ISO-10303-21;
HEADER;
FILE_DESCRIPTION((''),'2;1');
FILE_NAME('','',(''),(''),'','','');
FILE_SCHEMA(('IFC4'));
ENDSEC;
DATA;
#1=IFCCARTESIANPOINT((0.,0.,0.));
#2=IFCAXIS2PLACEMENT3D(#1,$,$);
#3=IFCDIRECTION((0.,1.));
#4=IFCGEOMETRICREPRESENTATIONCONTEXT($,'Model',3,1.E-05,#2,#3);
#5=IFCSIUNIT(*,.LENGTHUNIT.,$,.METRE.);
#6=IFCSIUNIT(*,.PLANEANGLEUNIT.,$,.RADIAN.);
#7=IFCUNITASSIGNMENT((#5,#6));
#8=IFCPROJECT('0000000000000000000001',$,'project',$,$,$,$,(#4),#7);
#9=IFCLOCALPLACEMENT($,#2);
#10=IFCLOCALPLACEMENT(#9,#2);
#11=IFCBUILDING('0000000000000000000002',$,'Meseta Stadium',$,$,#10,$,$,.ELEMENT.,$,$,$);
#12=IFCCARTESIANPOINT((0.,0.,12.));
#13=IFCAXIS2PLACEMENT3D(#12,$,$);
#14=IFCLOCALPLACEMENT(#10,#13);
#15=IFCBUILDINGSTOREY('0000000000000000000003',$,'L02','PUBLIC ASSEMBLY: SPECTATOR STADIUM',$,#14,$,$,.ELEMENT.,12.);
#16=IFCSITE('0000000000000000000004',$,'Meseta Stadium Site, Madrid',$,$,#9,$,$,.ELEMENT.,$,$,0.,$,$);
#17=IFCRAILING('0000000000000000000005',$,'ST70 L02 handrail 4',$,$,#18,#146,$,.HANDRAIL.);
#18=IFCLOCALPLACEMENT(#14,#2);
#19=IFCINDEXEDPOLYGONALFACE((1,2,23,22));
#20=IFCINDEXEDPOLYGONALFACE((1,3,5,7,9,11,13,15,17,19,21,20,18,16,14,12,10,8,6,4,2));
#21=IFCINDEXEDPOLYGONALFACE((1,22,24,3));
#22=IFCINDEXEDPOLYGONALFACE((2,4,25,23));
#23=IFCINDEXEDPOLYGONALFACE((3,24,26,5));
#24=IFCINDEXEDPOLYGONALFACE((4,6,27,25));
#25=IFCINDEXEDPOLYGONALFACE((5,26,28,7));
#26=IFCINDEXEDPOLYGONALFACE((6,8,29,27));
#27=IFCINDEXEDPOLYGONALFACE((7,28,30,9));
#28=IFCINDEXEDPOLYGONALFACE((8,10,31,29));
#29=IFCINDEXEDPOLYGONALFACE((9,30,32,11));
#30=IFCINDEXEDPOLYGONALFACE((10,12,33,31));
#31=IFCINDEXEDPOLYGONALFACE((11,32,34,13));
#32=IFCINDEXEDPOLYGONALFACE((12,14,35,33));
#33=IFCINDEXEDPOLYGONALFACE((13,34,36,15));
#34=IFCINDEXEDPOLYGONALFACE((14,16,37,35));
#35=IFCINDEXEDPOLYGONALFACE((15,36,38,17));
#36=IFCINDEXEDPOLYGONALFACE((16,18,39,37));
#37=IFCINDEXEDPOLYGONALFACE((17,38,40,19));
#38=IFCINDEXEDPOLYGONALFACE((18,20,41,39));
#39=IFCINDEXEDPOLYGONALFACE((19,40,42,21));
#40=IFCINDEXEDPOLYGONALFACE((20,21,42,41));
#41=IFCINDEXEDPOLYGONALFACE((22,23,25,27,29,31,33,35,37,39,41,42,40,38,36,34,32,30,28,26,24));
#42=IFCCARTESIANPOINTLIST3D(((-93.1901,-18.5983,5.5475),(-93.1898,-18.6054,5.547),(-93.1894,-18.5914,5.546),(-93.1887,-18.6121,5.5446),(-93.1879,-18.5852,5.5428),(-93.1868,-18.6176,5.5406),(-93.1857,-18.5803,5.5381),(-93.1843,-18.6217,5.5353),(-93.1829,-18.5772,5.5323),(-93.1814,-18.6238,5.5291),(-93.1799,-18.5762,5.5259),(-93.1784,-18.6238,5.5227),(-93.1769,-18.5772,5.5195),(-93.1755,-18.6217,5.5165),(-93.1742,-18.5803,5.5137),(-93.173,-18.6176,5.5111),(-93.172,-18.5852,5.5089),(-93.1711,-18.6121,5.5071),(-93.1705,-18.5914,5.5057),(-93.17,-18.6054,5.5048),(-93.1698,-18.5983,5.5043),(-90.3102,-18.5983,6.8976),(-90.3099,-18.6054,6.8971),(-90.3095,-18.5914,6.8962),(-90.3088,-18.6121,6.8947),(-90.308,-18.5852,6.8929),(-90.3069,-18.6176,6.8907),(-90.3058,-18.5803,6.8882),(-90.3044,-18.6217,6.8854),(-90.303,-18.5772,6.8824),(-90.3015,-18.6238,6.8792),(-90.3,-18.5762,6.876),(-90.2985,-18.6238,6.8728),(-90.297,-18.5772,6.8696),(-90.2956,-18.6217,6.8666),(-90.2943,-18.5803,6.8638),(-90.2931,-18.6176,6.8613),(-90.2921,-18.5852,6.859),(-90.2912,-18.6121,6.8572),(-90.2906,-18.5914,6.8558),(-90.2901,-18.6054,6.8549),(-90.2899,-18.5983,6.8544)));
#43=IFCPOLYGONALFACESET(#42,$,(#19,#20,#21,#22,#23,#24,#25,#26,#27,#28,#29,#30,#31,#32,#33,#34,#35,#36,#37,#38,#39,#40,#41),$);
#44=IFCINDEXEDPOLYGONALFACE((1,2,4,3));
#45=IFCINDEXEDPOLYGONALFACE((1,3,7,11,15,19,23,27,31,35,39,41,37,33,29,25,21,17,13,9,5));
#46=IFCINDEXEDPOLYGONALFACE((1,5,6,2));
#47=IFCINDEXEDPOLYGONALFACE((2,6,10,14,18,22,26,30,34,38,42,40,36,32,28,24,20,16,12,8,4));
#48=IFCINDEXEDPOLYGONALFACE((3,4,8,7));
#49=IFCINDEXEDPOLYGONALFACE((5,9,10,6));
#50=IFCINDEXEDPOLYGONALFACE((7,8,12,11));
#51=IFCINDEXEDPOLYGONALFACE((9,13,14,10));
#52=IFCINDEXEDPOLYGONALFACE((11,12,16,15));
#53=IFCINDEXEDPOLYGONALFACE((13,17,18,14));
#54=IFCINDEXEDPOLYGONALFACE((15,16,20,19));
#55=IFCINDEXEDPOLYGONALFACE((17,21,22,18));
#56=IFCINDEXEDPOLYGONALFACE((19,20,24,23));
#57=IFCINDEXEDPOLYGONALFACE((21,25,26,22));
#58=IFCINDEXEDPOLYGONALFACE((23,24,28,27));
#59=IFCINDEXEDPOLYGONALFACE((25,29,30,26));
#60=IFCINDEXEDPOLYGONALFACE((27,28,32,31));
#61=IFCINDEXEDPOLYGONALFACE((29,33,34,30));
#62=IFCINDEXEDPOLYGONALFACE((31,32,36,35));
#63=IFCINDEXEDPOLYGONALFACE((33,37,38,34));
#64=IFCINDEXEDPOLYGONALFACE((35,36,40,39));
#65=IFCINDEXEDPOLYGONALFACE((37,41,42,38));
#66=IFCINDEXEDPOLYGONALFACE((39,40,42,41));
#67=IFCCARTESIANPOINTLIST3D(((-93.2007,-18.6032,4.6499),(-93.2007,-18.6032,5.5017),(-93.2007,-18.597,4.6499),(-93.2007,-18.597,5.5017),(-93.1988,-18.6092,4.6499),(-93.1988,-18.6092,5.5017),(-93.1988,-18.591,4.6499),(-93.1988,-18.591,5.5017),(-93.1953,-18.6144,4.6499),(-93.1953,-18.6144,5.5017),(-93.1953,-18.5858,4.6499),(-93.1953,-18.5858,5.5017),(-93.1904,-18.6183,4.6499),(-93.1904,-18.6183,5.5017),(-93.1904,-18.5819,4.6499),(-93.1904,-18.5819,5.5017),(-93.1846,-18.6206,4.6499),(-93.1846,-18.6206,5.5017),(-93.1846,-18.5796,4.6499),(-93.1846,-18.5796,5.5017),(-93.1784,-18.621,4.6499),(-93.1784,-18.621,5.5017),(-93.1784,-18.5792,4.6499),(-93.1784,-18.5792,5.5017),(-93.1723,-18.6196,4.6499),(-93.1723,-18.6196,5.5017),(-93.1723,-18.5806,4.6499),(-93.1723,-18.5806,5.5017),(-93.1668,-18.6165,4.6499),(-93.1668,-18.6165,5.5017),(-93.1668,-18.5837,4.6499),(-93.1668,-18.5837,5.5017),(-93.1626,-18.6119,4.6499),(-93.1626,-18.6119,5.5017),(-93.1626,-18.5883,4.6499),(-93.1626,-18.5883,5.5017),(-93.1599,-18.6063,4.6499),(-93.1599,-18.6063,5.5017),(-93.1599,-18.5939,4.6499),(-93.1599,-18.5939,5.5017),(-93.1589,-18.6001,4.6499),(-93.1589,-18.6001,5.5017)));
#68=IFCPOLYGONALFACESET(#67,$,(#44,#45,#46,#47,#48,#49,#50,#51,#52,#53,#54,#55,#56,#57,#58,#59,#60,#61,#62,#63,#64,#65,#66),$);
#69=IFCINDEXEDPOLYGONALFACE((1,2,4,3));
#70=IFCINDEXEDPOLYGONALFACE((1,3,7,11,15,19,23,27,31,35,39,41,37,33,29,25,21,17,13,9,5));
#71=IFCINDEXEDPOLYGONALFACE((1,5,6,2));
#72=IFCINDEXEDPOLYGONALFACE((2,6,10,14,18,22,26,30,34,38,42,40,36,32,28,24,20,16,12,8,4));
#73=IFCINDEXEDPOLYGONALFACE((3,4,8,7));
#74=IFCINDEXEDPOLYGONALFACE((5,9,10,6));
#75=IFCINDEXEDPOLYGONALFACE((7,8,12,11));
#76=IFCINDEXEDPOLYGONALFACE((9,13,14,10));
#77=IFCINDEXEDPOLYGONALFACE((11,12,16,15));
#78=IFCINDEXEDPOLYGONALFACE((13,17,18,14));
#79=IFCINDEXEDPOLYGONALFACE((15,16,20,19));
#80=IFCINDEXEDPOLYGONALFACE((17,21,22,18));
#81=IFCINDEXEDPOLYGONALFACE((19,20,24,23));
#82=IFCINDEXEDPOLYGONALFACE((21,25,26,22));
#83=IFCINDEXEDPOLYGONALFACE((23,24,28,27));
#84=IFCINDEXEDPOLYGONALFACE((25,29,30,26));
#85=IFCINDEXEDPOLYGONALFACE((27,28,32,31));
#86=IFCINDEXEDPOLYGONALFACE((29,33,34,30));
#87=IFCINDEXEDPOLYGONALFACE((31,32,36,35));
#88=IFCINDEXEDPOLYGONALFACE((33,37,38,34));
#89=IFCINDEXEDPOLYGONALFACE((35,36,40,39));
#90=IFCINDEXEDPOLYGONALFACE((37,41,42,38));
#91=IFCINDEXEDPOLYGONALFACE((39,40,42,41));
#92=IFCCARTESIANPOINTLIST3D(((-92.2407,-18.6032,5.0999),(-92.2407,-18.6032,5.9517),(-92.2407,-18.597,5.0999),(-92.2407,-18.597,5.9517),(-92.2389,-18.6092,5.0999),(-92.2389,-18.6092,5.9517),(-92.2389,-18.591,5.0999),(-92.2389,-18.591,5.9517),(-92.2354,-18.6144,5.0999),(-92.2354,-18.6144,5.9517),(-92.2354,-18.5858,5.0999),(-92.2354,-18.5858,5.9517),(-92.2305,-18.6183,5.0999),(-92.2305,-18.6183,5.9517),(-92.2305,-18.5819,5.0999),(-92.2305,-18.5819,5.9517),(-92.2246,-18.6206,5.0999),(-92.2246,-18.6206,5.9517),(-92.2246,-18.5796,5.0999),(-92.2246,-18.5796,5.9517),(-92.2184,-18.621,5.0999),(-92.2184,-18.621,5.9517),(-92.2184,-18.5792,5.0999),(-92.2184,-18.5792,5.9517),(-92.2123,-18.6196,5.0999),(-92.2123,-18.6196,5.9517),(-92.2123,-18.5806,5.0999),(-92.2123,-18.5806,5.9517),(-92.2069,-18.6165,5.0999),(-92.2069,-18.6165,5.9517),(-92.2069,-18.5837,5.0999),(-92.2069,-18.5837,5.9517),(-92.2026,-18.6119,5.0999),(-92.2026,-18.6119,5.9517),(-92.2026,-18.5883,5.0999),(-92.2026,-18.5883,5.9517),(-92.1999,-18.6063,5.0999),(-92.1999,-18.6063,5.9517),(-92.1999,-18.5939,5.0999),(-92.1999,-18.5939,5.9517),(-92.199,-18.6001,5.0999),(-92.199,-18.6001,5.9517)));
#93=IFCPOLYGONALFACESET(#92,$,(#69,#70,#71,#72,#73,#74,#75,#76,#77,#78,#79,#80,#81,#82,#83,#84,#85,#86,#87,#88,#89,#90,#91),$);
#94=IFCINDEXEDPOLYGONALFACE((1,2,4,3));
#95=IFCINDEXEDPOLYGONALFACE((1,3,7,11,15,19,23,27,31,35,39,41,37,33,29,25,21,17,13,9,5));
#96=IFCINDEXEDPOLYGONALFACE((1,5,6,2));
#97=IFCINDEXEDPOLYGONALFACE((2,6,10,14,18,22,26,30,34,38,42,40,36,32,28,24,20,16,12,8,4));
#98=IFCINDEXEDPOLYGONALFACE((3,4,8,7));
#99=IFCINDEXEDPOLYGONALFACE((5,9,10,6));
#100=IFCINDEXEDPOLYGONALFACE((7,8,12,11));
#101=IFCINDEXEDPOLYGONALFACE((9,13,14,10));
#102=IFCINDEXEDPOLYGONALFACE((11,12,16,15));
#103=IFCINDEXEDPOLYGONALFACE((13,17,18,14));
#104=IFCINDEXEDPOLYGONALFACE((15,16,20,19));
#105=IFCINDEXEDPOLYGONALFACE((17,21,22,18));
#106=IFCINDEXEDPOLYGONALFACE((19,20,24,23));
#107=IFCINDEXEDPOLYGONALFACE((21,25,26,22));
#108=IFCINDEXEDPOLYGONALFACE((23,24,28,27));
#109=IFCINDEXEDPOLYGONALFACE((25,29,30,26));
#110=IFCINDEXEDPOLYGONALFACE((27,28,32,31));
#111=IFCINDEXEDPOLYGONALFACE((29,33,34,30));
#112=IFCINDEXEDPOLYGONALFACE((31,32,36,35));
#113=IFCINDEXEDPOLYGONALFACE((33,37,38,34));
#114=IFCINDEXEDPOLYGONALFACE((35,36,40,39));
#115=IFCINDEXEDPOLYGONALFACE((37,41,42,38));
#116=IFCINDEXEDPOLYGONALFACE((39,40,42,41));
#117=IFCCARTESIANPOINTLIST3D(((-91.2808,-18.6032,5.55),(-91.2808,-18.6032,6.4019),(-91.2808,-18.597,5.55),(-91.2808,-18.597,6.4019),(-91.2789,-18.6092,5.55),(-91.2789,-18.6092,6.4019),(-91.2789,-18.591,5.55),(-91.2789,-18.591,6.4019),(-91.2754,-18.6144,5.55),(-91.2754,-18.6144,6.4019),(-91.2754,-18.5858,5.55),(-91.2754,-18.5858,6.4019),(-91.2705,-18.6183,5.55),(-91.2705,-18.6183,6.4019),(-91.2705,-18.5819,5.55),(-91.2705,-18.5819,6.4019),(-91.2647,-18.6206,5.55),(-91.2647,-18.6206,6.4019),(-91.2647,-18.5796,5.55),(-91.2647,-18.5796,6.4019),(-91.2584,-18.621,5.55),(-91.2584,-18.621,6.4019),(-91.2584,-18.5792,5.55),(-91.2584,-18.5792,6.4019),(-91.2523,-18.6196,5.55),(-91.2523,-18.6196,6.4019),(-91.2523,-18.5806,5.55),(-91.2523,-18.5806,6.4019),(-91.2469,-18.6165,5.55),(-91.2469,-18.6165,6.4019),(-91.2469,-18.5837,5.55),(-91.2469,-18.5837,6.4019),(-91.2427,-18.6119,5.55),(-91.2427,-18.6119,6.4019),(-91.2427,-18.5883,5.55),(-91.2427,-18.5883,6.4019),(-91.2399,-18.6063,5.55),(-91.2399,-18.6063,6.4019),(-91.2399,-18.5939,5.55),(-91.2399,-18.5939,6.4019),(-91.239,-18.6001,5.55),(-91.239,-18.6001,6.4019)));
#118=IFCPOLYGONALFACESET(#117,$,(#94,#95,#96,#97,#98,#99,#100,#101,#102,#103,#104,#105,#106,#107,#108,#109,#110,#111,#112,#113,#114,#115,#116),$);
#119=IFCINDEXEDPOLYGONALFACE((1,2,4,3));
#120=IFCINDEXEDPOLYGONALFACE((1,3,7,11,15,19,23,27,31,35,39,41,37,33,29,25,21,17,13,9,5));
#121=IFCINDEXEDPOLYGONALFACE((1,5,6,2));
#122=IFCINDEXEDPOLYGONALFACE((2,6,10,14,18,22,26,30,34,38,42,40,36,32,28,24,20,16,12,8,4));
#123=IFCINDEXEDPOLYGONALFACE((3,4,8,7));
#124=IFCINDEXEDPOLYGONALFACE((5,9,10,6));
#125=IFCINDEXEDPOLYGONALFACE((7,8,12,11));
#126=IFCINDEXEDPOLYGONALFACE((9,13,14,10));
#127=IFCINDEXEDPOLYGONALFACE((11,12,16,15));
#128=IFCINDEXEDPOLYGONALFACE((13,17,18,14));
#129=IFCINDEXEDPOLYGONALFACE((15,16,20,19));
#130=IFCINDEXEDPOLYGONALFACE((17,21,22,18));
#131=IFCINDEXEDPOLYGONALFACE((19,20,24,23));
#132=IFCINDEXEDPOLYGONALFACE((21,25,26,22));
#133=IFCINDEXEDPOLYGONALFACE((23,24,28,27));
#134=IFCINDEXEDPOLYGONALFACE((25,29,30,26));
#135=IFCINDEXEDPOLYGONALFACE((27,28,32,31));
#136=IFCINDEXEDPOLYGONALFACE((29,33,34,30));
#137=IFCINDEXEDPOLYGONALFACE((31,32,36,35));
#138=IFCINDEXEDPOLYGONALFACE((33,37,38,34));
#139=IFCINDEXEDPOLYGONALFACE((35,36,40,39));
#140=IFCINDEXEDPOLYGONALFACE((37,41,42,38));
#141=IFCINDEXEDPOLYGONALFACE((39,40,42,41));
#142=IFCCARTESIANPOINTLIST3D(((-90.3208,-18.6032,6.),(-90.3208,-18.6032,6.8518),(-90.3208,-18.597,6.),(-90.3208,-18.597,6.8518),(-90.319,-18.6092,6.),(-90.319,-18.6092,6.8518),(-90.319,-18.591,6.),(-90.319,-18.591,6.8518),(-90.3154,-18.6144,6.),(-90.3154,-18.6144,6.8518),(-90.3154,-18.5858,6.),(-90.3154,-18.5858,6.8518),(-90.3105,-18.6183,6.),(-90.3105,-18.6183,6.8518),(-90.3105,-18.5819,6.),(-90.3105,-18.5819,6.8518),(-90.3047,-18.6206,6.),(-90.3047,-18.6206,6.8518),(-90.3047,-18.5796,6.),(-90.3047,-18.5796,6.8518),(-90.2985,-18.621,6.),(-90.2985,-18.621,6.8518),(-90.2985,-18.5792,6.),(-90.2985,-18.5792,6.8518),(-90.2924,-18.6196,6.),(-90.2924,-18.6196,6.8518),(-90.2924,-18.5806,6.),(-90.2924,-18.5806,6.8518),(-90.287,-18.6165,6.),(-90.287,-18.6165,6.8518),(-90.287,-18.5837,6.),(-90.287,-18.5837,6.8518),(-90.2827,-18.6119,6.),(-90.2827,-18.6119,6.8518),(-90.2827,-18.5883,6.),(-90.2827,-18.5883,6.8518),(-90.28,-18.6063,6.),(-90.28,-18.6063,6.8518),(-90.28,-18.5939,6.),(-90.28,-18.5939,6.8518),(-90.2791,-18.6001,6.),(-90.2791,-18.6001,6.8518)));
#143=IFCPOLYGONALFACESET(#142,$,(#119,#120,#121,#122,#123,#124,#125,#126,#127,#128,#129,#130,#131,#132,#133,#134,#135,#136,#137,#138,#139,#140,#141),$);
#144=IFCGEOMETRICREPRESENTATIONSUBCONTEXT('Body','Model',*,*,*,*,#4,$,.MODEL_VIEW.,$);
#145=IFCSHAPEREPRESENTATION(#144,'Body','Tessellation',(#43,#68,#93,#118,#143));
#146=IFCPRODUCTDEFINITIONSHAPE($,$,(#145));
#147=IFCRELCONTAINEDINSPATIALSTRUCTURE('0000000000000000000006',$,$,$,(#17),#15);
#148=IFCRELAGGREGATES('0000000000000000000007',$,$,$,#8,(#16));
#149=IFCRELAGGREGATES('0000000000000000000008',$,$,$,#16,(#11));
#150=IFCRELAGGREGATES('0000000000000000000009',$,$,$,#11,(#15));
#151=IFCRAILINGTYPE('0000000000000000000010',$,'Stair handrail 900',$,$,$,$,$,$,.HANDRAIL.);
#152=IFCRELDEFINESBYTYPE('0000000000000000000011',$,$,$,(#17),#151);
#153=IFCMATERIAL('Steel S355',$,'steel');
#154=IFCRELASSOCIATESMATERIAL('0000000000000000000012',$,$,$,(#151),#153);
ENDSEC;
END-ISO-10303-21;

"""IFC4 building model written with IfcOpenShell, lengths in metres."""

from ifc_helpers import new_model, si_unit, direction, frame, origin, origin_2d, place, context, subcontext, project, spatial, circle, extrude, material, type_object, element, save


model = new_model("IFC4")

# Units and contexts
model_context = context("Model", 3, precision=1e-05, world=origin(), true_north=direction((0.0, 1.0)))
body_context = subcontext(model_context, "Body", "Model", "MODEL_VIEW")
ifc_project = project(units=[si_unit("LENGTHUNIT", "METRE"), si_unit("PLANEANGLEUNIT", "RADIAN")], contexts=[model_context])

# Site, building, storey
site_placement = place(None, origin())
site = spatial("IfcSite", under=ifc_project, at=site_placement, Name="Meseta Stadium Site, Madrid", CompositionType="ELEMENT", RefElevation=0.0)
building_placement = place(site_placement, origin())
building = spatial("IfcBuilding", under=site, at=building_placement, Name="Meseta Stadium", CompositionType="ELEMENT")
storey_placement = place(building_placement, frame((0.0, 0.0, 12.0)))
storey = spatial("IfcBuildingStorey", under=building, at=storey_placement, Name="L02", Description="PUBLIC ASSEMBLY: SPECTATOR STADIUM", CompositionType="ELEMENT", Elevation=12.0)

# Railing
ifc_material_1 = material(Name="Steel S355", Category="steel")
railing_type_1 = type_object("IfcRailingType", Name="Stair handrail 900", PredefinedType="HANDRAIL", material=ifc_material_1)
for number, where, name in (
    (1, (-93.1799, -18.6001, 4.6499), "ST70 L02 handrail 4"),
):
    element("IfcRailing", number, at=place(storey_placement, frame(where)), inside=storey, type_object=railing_type_1, Name=name, PredefinedType="HANDRAIL", context=body_context, shape_type="SweptSolid", body=[
        extrude(circle(Radius=0.0239, at=origin_2d()), frame((0.0, 0.0, 0.876), z_axis=(0.90544, 0.0, 0.424473), x_axis=(0.0, 1.0, 0.0)), (0.0, 0.0, 1.0), 3.1807),
        extrude(circle(Radius=0.021, at=origin_2d()), origin(), (0.0, 0.0, 1.0), 0.8518),
        extrude(circle(Radius=0.021, at=origin_2d()), frame((0.96, 0.0, 0.45)), (0.0, 0.0, 1.0), 0.8518),
        extrude(circle(Radius=0.021, at=origin_2d()), frame((1.9199, 0.0, 0.9001)), (0.0, 0.0, 1.0), 0.8518),
        extrude(circle(Radius=0.021, at=origin_2d()), frame((2.8799, 0.0, 1.3501)), (0.0, 0.0, 1.0), 0.8518),
    ])

save(model, "model.ifc")
